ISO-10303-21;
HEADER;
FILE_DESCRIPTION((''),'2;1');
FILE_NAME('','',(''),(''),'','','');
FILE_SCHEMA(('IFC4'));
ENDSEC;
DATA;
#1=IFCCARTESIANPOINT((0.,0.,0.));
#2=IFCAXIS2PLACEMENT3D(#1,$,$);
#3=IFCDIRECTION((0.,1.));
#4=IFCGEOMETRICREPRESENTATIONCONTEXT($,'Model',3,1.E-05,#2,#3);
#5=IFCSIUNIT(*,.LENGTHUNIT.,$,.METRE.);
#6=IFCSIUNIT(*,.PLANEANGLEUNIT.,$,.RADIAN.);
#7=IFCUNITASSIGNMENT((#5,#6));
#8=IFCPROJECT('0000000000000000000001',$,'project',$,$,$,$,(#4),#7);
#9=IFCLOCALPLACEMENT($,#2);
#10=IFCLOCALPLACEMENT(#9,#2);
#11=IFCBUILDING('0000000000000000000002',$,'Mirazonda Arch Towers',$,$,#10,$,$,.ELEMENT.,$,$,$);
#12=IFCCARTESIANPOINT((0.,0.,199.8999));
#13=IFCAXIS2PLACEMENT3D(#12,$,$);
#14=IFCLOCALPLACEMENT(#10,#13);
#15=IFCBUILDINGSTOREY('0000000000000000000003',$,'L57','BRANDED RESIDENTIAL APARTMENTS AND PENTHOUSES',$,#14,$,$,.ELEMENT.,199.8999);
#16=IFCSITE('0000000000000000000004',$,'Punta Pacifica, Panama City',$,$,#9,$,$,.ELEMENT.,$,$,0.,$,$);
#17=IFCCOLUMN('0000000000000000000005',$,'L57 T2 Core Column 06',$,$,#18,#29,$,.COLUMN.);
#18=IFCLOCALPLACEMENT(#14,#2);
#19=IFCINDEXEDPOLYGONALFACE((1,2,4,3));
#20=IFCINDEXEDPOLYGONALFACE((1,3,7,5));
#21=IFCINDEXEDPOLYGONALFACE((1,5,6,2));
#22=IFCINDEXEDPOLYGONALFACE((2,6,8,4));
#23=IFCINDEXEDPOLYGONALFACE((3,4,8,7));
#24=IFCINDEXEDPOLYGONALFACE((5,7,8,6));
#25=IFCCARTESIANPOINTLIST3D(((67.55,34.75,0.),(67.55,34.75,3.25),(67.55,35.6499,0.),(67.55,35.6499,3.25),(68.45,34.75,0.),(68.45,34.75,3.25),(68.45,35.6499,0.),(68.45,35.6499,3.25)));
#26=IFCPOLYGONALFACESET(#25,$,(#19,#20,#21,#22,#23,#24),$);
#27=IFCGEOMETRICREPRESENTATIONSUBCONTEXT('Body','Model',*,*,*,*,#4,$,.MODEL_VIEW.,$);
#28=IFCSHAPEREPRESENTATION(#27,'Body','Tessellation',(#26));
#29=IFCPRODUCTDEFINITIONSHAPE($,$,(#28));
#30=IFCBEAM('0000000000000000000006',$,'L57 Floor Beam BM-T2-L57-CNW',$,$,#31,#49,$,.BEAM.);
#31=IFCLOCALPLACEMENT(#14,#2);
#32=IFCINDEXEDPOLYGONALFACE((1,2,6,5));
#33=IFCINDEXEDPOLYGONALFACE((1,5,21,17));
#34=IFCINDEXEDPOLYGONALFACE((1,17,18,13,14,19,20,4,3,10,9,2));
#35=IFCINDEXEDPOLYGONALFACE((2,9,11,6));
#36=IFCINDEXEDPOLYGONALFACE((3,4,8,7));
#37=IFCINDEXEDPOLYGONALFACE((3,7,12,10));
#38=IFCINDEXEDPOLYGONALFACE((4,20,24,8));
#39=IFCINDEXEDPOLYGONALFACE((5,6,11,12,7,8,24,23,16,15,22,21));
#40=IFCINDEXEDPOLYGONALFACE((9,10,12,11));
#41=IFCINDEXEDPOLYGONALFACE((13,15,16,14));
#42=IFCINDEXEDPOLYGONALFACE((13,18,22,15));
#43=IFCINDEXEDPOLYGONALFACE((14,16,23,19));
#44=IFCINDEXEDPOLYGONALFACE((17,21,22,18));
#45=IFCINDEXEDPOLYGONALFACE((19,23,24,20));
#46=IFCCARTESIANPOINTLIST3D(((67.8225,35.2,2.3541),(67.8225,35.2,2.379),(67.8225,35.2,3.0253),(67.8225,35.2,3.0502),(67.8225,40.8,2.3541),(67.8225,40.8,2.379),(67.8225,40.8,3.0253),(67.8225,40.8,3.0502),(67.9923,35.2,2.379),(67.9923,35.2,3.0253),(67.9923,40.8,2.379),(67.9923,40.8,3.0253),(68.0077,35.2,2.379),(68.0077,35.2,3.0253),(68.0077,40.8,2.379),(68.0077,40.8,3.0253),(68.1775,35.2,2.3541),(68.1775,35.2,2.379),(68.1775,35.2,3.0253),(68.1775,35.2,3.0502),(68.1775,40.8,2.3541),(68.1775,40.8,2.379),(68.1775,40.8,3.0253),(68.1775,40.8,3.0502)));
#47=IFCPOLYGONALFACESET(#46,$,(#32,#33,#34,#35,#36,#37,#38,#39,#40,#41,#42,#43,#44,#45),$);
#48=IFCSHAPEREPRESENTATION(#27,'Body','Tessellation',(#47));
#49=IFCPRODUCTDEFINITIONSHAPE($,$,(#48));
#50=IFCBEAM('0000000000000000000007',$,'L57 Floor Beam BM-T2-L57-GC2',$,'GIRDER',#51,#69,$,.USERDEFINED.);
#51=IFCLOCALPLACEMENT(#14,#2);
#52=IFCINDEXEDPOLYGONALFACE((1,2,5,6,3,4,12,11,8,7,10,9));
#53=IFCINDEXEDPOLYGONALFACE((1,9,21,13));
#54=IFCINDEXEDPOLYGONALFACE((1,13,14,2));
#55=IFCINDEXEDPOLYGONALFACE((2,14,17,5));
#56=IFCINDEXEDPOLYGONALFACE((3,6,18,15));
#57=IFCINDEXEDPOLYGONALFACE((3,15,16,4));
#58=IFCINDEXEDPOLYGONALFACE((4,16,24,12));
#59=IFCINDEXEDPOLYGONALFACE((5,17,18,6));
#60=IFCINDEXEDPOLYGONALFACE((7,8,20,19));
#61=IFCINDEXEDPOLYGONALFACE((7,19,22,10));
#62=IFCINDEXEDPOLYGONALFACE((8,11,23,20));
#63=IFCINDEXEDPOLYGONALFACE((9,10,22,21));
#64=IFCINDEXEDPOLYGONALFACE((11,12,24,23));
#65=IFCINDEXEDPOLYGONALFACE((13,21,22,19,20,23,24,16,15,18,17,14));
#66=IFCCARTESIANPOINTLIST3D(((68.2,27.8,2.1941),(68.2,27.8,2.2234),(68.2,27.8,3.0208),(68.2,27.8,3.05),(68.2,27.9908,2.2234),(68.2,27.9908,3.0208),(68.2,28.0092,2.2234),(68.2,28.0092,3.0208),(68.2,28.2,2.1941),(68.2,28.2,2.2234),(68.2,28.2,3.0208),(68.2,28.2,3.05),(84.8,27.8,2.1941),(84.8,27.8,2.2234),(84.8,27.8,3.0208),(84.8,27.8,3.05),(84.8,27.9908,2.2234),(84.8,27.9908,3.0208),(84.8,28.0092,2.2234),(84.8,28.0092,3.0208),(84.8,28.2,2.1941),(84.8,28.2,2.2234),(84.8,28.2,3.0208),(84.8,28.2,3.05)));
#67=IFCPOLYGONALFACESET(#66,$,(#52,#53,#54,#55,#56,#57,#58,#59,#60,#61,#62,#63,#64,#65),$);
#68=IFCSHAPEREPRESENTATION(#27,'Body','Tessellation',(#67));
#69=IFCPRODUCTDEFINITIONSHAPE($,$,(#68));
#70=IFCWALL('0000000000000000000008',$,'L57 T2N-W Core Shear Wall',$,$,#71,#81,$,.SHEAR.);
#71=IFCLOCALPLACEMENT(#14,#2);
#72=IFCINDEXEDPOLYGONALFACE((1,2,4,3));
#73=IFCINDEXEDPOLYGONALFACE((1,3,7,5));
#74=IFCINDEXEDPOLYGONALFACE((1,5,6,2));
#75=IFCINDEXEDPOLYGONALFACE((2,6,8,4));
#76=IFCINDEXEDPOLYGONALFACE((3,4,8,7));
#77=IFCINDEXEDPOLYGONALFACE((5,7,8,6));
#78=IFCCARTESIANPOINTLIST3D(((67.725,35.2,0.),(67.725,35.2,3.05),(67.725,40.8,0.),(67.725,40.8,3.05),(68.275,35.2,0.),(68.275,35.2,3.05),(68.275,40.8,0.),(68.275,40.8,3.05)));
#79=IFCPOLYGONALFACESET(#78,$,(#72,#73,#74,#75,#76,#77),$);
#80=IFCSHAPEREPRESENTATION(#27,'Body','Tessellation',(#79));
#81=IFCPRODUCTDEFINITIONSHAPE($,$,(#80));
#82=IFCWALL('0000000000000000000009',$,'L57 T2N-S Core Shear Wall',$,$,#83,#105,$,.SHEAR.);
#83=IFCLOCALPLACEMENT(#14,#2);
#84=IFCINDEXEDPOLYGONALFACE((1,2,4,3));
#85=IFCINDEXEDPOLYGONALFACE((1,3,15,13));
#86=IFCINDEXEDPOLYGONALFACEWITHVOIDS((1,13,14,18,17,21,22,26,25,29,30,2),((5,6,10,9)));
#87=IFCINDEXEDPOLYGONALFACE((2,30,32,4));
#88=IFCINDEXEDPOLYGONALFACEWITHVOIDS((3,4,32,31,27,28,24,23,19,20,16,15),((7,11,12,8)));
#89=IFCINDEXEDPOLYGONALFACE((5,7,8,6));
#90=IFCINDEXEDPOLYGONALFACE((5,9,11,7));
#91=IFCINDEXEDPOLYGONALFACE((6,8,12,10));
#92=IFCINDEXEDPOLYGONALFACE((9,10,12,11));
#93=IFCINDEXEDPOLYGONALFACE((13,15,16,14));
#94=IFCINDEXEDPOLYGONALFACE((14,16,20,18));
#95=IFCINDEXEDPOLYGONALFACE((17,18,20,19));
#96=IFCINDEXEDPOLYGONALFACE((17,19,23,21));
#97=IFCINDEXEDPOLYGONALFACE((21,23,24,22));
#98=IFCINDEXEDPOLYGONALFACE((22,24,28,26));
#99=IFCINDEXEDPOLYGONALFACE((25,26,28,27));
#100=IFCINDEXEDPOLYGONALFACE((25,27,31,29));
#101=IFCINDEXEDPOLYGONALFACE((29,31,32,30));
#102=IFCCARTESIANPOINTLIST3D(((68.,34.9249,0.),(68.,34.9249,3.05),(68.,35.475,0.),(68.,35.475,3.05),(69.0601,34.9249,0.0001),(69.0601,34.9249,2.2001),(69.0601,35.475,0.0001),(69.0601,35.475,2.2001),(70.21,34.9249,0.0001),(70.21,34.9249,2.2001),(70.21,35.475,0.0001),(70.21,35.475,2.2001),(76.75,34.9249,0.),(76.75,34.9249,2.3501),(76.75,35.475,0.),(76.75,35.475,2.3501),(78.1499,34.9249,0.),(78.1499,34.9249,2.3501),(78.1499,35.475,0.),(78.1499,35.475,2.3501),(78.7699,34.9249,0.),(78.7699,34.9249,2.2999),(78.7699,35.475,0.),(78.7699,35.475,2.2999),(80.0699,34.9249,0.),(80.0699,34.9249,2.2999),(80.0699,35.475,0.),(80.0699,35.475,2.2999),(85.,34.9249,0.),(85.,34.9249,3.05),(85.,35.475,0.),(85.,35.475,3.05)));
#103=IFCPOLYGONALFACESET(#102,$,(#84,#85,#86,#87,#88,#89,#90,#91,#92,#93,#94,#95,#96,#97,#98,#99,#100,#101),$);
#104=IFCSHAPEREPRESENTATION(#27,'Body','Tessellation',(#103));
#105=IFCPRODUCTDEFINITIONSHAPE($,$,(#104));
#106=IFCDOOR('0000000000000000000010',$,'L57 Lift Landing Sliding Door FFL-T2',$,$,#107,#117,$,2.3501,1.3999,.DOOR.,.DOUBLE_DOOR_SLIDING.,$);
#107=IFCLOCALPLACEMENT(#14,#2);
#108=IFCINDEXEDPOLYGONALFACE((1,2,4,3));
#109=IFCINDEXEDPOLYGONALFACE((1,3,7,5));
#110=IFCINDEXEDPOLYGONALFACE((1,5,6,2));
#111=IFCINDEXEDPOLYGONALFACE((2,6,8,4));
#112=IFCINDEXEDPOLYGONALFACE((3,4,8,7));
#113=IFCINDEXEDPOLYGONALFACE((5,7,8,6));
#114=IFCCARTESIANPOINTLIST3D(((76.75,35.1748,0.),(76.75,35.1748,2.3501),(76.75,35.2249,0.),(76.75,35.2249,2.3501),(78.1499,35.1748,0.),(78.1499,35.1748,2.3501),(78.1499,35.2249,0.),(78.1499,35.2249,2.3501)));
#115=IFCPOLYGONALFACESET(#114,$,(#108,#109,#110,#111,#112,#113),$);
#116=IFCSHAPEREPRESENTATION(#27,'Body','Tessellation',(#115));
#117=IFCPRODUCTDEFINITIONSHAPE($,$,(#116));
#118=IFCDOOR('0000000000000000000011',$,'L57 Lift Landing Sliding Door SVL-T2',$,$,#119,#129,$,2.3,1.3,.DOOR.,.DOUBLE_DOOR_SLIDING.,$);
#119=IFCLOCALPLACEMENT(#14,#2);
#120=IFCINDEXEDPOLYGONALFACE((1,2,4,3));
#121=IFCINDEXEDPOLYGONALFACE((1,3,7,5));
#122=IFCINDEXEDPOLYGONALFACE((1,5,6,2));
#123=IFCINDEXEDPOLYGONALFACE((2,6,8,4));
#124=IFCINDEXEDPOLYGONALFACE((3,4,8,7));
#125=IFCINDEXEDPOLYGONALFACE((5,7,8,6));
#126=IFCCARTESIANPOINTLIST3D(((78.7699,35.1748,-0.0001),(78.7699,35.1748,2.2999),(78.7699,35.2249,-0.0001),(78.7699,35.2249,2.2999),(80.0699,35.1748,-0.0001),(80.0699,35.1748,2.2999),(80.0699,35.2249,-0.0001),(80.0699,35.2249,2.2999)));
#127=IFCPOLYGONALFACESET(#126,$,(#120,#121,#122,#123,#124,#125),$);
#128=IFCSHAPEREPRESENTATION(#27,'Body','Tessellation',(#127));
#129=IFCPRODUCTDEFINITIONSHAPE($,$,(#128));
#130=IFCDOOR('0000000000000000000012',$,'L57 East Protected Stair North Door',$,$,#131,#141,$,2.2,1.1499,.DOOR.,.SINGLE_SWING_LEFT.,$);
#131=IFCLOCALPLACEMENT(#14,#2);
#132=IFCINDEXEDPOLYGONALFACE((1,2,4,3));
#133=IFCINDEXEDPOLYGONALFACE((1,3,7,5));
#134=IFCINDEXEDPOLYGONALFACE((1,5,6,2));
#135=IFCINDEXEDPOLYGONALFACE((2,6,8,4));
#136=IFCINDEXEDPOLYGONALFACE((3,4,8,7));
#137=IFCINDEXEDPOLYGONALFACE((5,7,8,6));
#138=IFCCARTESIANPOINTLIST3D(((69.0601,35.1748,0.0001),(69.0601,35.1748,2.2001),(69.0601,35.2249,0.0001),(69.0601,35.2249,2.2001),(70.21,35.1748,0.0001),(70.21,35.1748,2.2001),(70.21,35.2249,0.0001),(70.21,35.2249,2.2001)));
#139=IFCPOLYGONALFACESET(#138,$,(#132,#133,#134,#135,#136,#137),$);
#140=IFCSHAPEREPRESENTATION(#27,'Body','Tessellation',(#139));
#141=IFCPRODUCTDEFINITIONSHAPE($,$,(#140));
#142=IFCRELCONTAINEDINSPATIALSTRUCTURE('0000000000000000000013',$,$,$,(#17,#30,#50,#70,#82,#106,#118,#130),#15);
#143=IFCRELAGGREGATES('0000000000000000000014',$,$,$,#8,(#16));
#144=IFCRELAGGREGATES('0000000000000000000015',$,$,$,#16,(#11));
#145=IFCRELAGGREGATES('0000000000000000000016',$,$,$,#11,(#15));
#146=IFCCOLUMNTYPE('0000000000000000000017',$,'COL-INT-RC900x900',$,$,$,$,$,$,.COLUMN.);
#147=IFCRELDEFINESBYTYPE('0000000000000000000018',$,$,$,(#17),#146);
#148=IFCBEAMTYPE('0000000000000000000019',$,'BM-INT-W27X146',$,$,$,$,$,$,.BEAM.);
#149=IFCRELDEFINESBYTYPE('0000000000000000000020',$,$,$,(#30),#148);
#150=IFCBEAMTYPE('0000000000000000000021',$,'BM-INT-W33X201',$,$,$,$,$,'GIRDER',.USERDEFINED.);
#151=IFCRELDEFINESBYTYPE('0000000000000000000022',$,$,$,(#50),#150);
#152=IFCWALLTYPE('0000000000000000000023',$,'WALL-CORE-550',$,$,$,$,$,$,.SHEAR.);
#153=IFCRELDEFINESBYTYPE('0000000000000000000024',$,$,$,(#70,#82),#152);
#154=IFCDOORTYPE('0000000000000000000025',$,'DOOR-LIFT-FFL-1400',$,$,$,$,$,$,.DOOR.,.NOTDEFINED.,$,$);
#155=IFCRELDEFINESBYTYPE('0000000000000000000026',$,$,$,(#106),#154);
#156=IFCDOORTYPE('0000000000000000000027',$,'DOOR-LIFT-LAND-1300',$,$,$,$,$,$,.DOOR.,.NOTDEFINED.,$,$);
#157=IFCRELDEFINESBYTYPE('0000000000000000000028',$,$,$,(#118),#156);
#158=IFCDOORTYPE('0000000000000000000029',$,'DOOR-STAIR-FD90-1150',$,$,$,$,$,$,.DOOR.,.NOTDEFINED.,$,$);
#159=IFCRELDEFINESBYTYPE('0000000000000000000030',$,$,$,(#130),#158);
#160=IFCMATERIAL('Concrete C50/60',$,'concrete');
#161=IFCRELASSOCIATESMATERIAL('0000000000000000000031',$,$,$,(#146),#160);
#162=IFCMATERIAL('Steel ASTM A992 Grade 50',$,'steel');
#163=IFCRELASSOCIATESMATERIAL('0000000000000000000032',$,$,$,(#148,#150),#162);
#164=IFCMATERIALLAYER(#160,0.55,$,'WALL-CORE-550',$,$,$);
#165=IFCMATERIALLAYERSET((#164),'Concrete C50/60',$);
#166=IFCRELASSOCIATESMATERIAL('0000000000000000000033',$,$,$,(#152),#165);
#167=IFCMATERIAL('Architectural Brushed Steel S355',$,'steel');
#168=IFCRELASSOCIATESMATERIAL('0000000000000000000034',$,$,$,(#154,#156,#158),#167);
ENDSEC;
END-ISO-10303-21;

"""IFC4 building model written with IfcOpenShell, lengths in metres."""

from ifc_helpers import new_model, si_unit, direction, frame, frame_2d, origin, origin_2d, place, context, subcontext, project, spatial, rectangle, i_section, extrude, material, layer, layer_set, material_profile, profile_set, type_object, element, fill, save


model = new_model("IFC4")

# Units and contexts
model_context = context("Model", 3, precision=1e-05, world=origin(), true_north=direction((0.0, 1.0)))
body_context = subcontext(model_context, "Body", "Model", "MODEL_VIEW")
ifc_project = project(units=[si_unit("LENGTHUNIT", "METRE"), si_unit("PLANEANGLEUNIT", "RADIAN")], contexts=[model_context])

# Site, building, storey
site_placement = place(None, origin())
site = spatial("IfcSite", under=ifc_project, at=site_placement, Name="Punta Pacifica, Panama City", CompositionType="ELEMENT", RefElevation=0.0)
building_placement = place(site_placement, origin())
building = spatial("IfcBuilding", under=site, at=building_placement, Name="Mirazonda Arch Towers", CompositionType="ELEMENT")
storey_placement = place(building_placement, frame((0.0, 0.0, 199.8999)))
storey = spatial("IfcBuildingStorey", under=building, at=storey_placement, Name="L57", Description="BRANDED RESIDENTIAL APARTMENTS AND PENTHOUSES", CompositionType="ELEMENT", Elevation=199.8999)

# Column
ifc_material_1 = material(Name="Concrete C50/60", Category="concrete")
ifc_material_profile_1 = material_profile(ifc_material_1, rectangle(XDim=0.8999, YDim=0.8999, at=origin_2d()), Name="RC900x900")
ifc_profile_set_1 = profile_set([ifc_material_profile_1], Name="Concrete C50/60")
column_type = type_object("IfcColumnType", Name="COL-INT-RC900x900", PredefinedType="COLUMN", material=ifc_profile_set_1)
column_placement = place(storey_placement, frame((68.0, 35.2, 0.0), z_axis=(0.0, 0.0, 1.0), x_axis=(1.0, 0.0, 0.0)))
element("IfcColumn", 1, at=column_placement, inside=storey, type_object=column_type, Name="L57 T2 Core Column 06", PredefinedType="COLUMN", context=body_context, shape_type="SweptSolid", body=[
    extrude(rectangle(XDim=0.8999, YDim=0.8999, at=origin_2d()), origin(), (0.0, 0.0, 1.0), 3.25),
])

# Beams
ifc_material_2 = material(Name="Steel ASTM A992 Grade 50", Category="steel")
ifc_material_profile_2 = material_profile(ifc_material_2, i_section(OverallWidth=0.355, OverallDepth=0.696, WebThickness=0.0154, FlangeThickness=0.0249, at=origin_2d()), Name="W27X146")
ifc_profile_set_2 = profile_set([ifc_material_profile_2], Name="Steel ASTM A992 Grade 50")
beam_type_1 = type_object("IfcBeamType", Name="BM-INT-W27X146", PredefinedType="BEAM", material=ifc_profile_set_2)
beam_1_placement = place(storey_placement, frame((68.0, 35.2, 2.7021), z_axis=(0.0, 1.0, 0.0), x_axis=(-1.0, 0.0, 0.0)))
element("IfcBeam", 2, at=beam_1_placement, inside=storey, type_object=beam_type_1, Name="L57 Floor Beam BM-T2-L57-CNW", PredefinedType="BEAM", context=body_context, shape_type="SweptSolid", body=[
    extrude(i_section(OverallWidth=0.355, OverallDepth=0.696, WebThickness=0.0154, FlangeThickness=0.0249, at=origin_2d()), origin(), (0.0, 0.0, 1.0), 5.6001),
])
ifc_material_profile_3 = material_profile(ifc_material_2, i_section(OverallWidth=0.3999, OverallDepth=0.856, WebThickness=0.0183, FlangeThickness=0.0293, at=origin_2d()), Name="W33X201")
ifc_profile_set_3 = profile_set([ifc_material_profile_3], Name="Steel ASTM A992 Grade 50")
beam_type_2 = type_object("IfcBeamType", Name="BM-INT-W33X201", ElementType="GIRDER", PredefinedType="USERDEFINED", material=ifc_profile_set_3)
beam_2_placement = place(storey_placement, frame((68.2, 28.0, 2.6221), z_axis=(1.0, 0.0, 0.0), x_axis=(0.0, 1.0, 0.0)))
element("IfcBeam", 3, at=beam_2_placement, inside=storey, type_object=beam_type_2, Name="L57 Floor Beam BM-T2-L57-GC2", ObjectType="GIRDER", PredefinedType="USERDEFINED", context=body_context, shape_type="SweptSolid", body=[
    extrude(i_section(OverallWidth=0.3999, OverallDepth=0.856, WebThickness=0.0183, FlangeThickness=0.0293, at=origin_2d()), origin(), (0.0, 0.0, 1.0), 16.6001),
])

# Wall
ifc_layer_1 = layer(ifc_material_1, 0.55, Name="WALL-CORE-550")
ifc_layer_set_1 = layer_set([ifc_layer_1], Name="Concrete C50/60")
wall_type_1 = type_object("IfcWallType", Name="WALL-CORE-550", PredefinedType="SHEAR", material=ifc_layer_set_1)
wall_1_placement = place(storey_placement, frame((68.0, 35.2, 0.0), z_axis=(0.0, 0.0, 1.0), x_axis=(0.0, 1.0, 0.0)))
element("IfcWall", 4, at=wall_1_placement, inside=storey, type_object=wall_type_1, Name="L57 T2N-W Core Shear Wall", PredefinedType="SHEAR", context=body_context, shape_type="SweptSolid", body=[
    extrude(rectangle(XDim=5.6001, YDim=0.55, at=frame_2d((2.8, 0.0))), origin(), (0.0, 0.0, 1.0), 3.05),
])

# Wall, openings, doors
wall_2_placement = place(storey_placement, frame((68.0, 35.2, 0.0), z_axis=(0.0, 0.0, 1.0), x_axis=(1.0, 0.0, 0.0)))
wall_2 = element("IfcWall", 5, at=wall_2_placement, inside=storey, type_object=wall_type_1, Name="L57 T2N-S Core Shear Wall", PredefinedType="SHEAR", context=body_context, shape_type="SweptSolid", body=[
    extrude(rectangle(XDim=17.0, YDim=0.55, at=frame_2d((8.5, 0.0))), origin(), (0.0, 0.0, 1.0), 3.05),
])
opening_1_placement = place(wall_2_placement, frame((1.0601, 0.0, 0.0)))
opening_1 = element("IfcOpeningElement", 6, at=opening_1_placement, cuts=wall_2, PredefinedType="OPENING", context=body_context, shape_type="SweptSolid", body=[
    extrude(rectangle(XDim=1.1499, YDim=2.2, at=frame_2d((0.575, 1.1001))), frame((0.0, 0.2849, 0.0), z_axis=(0.0, -1.0, 0.0), x_axis=(1.0, 0.0, 0.0)), (0.0, 0.0, 1.0), 0.5701),
])
opening_2_placement = place(wall_2_placement, frame((8.75, 0.0, 0.0)))
opening_2 = element("IfcOpeningElement", 7, at=opening_2_placement, cuts=wall_2, PredefinedType="OPENING", context=body_context, shape_type="SweptSolid", body=[
    extrude(rectangle(XDim=1.3999, YDim=2.3501, at=frame_2d((0.7, 1.175))), frame((0.0, 0.2849, 0.0), z_axis=(0.0, -1.0, 0.0), x_axis=(1.0, 0.0, 0.0)), (0.0, 0.0, 1.0), 0.5701),
])
opening_3_placement = place(wall_2_placement, frame((10.77, 0.0, 0.0)))
opening_3 = element("IfcOpeningElement", 8, at=opening_3_placement, cuts=wall_2, PredefinedType="OPENING", context=body_context, shape_type="SweptSolid", body=[
    extrude(rectangle(XDim=1.3, YDim=2.3, at=frame_2d((0.6499, 1.1499))), frame((0.0, 0.2849, 0.0), z_axis=(0.0, -1.0, 0.0), x_axis=(1.0, 0.0, 0.0)), (0.0, 0.0, 1.0), 0.5701),
])
ifc_material_3 = material(Name="Architectural Brushed Steel S355", Category="steel")
door_type_1 = type_object("IfcDoorType", Name="DOOR-LIFT-FFL-1400", OperationType="NOTDEFINED", PredefinedType="DOOR", material=ifc_material_3)
door_1_placement = place(opening_2_placement, origin())
door_1 = element("IfcDoor", 9, at=door_1_placement, inside=storey, type_object=door_type_1, Name="L57 Lift Landing Sliding Door FFL-T2", OperationType="DOUBLE_DOOR_SLIDING", OverallHeight=2.3501, OverallWidth=1.3999, PredefinedType="DOOR", context=body_context, shape_type="SweptSolid", body=[
    extrude(rectangle(XDim=1.3999, YDim=2.3501, at=frame_2d((0.7, 1.175))), frame((0.0, 0.0249, 0.0), z_axis=(0.0, -1.0, 0.0), x_axis=(1.0, 0.0, 0.0)), (0.0, 0.0, 1.0), 0.05),
])
fill(opening_2, door_1)
door_type_2 = type_object("IfcDoorType", Name="DOOR-LIFT-LAND-1300", OperationType="NOTDEFINED", PredefinedType="DOOR", material=ifc_material_3)
door_2_placement = place(opening_3_placement, origin())
door_2 = element("IfcDoor", 10, at=door_2_placement, inside=storey, type_object=door_type_2, Name="L57 Lift Landing Sliding Door SVL-T2", OperationType="DOUBLE_DOOR_SLIDING", OverallHeight=2.3, OverallWidth=1.3, PredefinedType="DOOR", context=body_context, shape_type="SweptSolid", body=[
    extrude(rectangle(XDim=1.3, YDim=2.3, at=frame_2d((0.6499, 1.1499))), frame((0.0, 0.0249, 0.0), z_axis=(0.0, -1.0, 0.0), x_axis=(1.0, 0.0, 0.0)), (0.0, 0.0, 1.0), 0.05),
])
fill(opening_3, door_2)
door_type_3 = type_object("IfcDoorType", Name="DOOR-STAIR-FD90-1150", OperationType="NOTDEFINED", PredefinedType="DOOR", material=ifc_material_3)
door_3_placement = place(opening_1_placement, origin())
door_3 = element("IfcDoor", 11, at=door_3_placement, inside=storey, type_object=door_type_3, Name="L57 East Protected Stair North Door", OperationType="SINGLE_SWING_LEFT", OverallHeight=2.2, OverallWidth=1.1499, PredefinedType="DOOR", context=body_context, shape_type="SweptSolid", body=[
    extrude(rectangle(XDim=1.1499, YDim=2.2, at=frame_2d((0.575, 1.1001))), frame((0.0, 0.0249, 0.0), z_axis=(0.0, -1.0, 0.0), x_axis=(1.0, 0.0, 0.0)), (0.0, 0.0, 1.0), 0.05),
])
fill(opening_1, door_3)

save(model, "model.ifc")
